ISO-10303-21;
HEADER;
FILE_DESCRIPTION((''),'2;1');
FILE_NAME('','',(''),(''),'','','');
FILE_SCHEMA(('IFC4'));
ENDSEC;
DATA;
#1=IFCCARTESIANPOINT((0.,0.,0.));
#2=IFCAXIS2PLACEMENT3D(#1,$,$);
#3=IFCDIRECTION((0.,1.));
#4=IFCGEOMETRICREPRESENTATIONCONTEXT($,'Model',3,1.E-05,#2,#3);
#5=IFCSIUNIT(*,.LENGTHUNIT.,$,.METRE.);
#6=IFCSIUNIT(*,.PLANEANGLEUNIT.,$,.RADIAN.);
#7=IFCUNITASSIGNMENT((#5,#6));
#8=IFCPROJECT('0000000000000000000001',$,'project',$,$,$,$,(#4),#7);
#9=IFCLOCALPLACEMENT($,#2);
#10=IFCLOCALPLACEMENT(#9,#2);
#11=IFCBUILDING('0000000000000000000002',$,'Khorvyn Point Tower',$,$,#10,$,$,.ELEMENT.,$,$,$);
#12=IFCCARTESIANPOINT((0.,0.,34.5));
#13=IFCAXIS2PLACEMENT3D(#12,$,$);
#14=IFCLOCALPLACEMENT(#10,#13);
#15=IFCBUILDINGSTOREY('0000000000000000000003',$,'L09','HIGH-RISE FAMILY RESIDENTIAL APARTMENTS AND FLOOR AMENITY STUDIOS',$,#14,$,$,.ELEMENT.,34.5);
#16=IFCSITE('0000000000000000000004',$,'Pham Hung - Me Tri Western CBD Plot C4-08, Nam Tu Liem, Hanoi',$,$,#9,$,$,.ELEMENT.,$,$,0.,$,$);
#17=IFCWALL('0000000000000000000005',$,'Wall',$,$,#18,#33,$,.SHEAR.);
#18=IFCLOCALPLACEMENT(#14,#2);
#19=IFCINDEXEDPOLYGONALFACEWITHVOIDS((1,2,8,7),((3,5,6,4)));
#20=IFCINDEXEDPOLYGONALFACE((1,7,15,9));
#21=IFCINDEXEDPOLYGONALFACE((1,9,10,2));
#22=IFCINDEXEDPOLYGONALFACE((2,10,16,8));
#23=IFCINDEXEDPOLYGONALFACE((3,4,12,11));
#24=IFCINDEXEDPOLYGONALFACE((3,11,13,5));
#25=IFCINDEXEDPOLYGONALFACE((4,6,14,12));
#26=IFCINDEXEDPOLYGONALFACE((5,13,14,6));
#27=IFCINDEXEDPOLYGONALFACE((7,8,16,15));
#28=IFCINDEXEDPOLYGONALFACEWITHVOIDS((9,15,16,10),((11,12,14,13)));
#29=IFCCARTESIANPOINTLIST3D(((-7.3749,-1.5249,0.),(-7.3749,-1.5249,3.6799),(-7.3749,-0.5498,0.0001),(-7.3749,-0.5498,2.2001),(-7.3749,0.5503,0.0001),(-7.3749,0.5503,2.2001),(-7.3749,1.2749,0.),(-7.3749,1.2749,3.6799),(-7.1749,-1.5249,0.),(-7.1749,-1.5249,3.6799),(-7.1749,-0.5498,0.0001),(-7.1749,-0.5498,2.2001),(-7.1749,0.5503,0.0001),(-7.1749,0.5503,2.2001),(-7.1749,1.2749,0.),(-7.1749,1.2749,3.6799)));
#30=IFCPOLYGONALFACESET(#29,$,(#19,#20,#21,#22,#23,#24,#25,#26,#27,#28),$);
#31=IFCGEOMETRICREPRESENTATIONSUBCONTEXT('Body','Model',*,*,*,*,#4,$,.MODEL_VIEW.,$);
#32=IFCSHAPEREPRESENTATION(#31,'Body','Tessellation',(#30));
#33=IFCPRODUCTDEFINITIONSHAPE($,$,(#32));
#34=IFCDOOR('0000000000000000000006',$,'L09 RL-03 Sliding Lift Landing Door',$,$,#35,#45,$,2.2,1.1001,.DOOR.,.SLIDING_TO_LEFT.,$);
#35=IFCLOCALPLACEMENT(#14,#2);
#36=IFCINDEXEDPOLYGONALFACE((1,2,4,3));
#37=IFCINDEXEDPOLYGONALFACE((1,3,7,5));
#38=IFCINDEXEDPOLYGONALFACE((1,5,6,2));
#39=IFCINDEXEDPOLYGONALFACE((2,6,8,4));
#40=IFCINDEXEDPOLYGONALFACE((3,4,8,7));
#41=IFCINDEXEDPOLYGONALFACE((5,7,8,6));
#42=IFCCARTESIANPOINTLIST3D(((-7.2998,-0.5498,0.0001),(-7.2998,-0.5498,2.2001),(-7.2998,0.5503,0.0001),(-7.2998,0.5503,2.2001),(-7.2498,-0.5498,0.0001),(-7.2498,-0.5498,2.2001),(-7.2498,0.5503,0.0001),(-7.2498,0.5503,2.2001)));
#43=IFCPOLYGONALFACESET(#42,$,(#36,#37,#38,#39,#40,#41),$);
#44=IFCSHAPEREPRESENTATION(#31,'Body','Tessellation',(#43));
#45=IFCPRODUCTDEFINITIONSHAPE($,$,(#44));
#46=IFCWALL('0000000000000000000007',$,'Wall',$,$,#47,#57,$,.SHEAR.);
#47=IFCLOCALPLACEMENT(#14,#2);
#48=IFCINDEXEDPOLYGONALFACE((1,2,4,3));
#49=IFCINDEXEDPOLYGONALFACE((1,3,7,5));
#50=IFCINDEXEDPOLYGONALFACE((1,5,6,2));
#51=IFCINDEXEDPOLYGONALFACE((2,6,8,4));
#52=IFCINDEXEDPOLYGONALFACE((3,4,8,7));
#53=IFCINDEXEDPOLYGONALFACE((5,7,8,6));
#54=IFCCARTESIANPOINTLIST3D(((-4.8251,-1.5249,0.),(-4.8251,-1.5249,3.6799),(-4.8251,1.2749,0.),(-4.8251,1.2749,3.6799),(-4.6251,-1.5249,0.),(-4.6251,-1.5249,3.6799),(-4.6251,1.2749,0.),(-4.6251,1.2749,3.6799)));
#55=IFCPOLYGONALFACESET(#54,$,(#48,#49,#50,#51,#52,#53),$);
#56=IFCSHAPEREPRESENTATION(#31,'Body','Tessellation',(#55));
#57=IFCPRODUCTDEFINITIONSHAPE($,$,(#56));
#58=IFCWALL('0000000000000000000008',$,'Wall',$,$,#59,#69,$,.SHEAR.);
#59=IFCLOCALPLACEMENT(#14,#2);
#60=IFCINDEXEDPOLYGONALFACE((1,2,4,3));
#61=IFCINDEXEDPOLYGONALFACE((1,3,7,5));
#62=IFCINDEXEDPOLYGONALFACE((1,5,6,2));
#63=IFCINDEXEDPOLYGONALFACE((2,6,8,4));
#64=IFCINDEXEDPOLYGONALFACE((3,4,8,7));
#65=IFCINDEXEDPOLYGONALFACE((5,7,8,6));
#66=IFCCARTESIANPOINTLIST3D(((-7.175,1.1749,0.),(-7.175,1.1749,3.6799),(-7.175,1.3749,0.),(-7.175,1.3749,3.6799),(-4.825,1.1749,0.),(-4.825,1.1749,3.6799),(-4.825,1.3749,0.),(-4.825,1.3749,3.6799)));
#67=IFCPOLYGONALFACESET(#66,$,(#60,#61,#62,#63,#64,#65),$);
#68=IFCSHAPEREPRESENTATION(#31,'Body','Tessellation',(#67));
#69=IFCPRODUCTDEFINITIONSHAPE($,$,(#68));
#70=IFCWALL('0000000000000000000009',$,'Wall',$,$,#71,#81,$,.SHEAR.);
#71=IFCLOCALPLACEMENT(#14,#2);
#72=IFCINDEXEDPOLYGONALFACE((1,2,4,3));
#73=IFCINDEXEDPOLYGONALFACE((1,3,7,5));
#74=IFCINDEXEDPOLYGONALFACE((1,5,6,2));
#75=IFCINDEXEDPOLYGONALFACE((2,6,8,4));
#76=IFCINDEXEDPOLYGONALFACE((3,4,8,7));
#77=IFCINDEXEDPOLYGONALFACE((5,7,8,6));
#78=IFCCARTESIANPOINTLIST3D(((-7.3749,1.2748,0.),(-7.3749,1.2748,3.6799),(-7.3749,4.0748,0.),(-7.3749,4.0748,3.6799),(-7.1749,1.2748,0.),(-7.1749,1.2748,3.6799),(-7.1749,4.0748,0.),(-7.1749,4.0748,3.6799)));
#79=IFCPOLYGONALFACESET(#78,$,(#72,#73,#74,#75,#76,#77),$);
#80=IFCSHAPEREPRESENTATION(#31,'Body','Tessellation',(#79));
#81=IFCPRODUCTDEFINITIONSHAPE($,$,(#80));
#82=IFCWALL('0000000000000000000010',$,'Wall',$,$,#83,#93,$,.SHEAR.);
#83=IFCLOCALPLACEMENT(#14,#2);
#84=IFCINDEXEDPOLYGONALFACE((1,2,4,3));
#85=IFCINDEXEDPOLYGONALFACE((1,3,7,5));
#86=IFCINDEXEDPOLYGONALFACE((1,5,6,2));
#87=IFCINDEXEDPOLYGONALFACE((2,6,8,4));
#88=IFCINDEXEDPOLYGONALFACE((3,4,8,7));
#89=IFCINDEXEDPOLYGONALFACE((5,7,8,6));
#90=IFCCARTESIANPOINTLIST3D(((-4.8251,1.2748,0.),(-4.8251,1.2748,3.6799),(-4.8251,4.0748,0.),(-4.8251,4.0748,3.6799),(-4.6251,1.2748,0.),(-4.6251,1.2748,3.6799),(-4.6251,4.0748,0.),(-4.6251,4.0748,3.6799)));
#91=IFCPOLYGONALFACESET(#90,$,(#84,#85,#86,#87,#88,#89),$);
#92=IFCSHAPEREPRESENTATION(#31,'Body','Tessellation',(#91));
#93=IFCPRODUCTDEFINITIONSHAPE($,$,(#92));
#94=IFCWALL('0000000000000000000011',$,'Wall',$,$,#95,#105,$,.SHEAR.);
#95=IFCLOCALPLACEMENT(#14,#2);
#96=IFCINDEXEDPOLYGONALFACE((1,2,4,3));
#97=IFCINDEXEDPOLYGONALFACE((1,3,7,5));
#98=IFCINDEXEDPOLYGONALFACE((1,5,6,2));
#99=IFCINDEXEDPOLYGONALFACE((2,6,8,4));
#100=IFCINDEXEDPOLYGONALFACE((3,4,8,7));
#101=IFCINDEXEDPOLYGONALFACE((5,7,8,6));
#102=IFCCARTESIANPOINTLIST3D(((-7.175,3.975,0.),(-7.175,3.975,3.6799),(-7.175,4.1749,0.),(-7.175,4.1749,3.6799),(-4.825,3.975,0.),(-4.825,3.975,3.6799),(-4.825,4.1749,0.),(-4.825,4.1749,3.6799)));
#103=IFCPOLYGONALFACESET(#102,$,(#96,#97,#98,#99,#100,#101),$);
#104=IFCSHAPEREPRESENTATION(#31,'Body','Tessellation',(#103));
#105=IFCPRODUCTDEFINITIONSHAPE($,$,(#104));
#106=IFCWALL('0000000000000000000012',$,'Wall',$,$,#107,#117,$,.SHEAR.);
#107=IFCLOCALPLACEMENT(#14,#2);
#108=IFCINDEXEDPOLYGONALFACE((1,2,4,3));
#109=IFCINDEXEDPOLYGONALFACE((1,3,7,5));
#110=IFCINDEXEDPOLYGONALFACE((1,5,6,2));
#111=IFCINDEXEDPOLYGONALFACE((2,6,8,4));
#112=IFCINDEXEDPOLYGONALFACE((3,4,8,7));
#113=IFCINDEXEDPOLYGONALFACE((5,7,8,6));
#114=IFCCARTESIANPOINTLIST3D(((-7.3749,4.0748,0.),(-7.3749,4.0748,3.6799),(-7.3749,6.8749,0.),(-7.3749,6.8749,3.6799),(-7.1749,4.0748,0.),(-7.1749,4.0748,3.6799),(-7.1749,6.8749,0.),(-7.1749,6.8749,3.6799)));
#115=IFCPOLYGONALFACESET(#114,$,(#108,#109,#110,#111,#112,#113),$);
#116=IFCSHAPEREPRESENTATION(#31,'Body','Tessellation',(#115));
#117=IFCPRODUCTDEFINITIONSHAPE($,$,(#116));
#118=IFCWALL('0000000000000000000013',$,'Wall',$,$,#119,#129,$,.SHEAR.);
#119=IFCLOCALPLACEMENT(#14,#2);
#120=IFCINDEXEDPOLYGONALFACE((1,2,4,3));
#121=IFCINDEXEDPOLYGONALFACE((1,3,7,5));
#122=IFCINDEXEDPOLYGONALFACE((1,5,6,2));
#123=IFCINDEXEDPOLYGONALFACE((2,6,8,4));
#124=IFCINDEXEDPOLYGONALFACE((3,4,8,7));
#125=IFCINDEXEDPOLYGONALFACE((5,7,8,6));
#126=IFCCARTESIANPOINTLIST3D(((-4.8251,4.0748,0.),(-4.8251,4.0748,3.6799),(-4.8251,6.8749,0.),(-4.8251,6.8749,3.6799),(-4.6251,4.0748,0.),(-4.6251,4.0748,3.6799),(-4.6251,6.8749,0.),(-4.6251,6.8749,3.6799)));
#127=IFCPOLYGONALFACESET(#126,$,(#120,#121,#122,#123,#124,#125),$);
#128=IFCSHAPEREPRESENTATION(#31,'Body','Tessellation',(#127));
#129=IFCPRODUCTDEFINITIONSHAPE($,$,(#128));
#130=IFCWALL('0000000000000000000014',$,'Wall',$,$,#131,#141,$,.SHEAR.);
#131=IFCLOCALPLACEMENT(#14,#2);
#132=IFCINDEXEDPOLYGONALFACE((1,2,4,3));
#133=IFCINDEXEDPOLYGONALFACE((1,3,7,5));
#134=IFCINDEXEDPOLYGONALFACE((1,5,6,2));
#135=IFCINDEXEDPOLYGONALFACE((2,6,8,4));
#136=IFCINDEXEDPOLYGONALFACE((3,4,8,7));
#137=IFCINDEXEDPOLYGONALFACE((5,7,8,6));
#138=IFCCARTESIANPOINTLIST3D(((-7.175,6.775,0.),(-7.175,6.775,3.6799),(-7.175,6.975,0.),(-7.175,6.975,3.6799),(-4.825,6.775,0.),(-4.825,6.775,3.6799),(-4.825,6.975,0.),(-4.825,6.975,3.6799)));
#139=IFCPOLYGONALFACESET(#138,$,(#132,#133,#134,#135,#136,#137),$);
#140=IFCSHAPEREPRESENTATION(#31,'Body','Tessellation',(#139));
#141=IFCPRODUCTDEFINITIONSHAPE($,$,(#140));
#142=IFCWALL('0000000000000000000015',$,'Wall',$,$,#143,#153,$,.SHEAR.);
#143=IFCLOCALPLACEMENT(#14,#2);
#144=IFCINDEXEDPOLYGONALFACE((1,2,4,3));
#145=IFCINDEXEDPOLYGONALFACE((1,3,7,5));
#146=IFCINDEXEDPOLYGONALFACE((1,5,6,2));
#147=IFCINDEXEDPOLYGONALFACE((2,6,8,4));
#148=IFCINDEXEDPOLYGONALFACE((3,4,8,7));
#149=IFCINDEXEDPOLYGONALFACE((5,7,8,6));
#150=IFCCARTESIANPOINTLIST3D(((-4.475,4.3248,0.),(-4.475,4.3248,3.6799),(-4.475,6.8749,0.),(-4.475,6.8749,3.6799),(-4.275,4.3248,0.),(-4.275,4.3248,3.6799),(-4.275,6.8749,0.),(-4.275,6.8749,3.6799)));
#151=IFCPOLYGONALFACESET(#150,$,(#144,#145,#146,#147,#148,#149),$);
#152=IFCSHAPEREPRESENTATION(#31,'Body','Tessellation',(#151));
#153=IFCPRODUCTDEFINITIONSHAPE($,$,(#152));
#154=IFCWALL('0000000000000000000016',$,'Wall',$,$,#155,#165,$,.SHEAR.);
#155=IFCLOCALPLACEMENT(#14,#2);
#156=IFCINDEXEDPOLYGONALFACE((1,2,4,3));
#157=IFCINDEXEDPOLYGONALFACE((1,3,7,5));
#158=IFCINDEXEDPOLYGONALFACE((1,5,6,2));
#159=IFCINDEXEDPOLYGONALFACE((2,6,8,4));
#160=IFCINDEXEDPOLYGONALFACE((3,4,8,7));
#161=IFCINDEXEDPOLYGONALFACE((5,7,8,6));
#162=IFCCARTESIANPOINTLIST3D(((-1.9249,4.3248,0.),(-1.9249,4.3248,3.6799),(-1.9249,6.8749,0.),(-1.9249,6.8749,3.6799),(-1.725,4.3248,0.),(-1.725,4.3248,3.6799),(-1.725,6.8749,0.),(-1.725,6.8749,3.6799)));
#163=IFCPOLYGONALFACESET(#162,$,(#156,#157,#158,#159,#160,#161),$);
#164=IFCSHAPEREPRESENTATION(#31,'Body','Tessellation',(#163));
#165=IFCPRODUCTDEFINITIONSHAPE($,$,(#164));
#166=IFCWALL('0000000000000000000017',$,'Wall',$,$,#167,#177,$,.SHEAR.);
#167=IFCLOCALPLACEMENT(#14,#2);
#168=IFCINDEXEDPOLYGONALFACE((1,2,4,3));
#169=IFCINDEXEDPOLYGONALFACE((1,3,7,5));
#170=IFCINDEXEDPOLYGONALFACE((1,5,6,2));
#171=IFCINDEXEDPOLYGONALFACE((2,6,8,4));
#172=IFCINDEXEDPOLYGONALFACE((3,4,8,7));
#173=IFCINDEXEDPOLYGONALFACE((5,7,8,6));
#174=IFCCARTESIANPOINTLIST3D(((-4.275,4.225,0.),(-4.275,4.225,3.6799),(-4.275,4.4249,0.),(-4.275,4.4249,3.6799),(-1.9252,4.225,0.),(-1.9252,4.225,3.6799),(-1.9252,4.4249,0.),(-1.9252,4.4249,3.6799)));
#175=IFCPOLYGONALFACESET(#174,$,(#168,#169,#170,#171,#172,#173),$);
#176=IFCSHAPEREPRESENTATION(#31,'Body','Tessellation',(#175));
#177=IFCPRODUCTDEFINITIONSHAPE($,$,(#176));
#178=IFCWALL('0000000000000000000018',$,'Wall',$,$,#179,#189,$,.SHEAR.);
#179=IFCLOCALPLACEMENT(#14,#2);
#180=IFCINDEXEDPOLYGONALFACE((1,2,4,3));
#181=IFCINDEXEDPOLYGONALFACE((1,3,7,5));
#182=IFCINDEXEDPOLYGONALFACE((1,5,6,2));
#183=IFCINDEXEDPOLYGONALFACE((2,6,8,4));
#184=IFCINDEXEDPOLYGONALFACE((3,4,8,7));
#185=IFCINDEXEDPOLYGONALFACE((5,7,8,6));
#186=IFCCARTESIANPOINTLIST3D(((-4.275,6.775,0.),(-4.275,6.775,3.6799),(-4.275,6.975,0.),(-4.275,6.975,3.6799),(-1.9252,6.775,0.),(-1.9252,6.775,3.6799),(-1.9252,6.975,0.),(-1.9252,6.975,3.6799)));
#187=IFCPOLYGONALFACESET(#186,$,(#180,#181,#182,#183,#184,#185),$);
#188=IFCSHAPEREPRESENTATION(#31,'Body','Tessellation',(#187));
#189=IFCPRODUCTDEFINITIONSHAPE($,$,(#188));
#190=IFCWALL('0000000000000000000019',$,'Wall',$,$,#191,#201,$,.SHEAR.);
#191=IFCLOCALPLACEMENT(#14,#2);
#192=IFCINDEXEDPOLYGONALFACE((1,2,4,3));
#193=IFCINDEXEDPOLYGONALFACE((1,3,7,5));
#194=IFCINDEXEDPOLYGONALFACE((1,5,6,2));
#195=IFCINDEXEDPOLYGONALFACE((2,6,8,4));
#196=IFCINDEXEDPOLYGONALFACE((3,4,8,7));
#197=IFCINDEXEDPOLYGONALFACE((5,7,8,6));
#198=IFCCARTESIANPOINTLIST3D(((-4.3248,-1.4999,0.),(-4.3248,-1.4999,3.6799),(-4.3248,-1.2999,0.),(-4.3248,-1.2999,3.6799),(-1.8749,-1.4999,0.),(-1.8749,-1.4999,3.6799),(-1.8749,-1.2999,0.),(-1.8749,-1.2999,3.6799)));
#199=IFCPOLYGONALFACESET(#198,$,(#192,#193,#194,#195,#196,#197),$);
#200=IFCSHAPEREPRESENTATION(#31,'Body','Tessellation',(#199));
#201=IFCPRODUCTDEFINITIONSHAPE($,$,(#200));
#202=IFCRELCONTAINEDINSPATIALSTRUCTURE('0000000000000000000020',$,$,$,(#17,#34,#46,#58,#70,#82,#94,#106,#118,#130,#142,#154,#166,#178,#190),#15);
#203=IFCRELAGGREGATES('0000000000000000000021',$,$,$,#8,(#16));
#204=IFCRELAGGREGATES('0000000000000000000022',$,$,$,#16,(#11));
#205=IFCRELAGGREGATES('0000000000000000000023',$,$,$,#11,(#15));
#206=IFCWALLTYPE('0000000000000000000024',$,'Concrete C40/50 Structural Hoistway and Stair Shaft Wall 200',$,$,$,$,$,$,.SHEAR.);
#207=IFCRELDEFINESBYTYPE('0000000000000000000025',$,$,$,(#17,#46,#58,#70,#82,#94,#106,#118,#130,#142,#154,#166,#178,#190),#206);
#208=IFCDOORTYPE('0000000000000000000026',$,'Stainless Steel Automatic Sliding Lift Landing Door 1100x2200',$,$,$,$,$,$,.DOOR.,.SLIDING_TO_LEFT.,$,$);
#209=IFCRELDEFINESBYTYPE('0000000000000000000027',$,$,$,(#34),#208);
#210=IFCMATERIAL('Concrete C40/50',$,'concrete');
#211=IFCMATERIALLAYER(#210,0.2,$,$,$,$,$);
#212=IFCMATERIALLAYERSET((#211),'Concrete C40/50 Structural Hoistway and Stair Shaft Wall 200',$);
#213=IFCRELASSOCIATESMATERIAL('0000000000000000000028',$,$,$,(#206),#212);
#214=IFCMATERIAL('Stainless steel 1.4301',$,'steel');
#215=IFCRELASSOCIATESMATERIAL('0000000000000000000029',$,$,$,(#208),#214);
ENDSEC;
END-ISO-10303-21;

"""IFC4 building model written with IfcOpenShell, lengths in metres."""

from ifc_helpers import new_model, si_unit, direction, frame, frame_2d, origin, place, context, subcontext, project, spatial, rectangle, extrude, material, layer, layer_set, type_object, element, fill, save


model = new_model("IFC4")

# Units and contexts
model_context = context("Model", 3, precision=1e-05, world=origin(), true_north=direction((0.0, 1.0)))
body_context = subcontext(model_context, "Body", "Model", "MODEL_VIEW")
ifc_project = project(units=[si_unit("LENGTHUNIT", "METRE"), si_unit("PLANEANGLEUNIT", "RADIAN")], contexts=[model_context])

# Site, building, storey
site_placement = place(None, origin())
site = spatial("IfcSite", under=ifc_project, at=site_placement, Name="Pham Hung - Me Tri Western CBD Plot C4-08, Nam Tu Liem, Hanoi", CompositionType="ELEMENT", RefElevation=0.0)
building_placement = place(site_placement, origin())
building = spatial("IfcBuilding", under=site, at=building_placement, Name="Khorvyn Point Tower", CompositionType="ELEMENT")
storey_placement = place(building_placement, frame((0.0, 0.0, 34.5)))
storey = spatial("IfcBuildingStorey", under=building, at=storey_placement, Name="L09", Description="HIGH-RISE FAMILY RESIDENTIAL APARTMENTS AND FLOOR AMENITY STUDIOS", CompositionType="ELEMENT", Elevation=34.5)

# Shared definitions
ifc_material_1 = material(Name="Concrete C40/50", Category="concrete")

# Shared definitions
ifc_layer_1 = layer(ifc_material_1, 0.2)
ifc_layer_set_1 = layer_set([ifc_layer_1], Name="Concrete C40/50 Structural Hoistway and Stair Shaft Wall 200")
wall_type_1 = type_object("IfcWallType", Name="Concrete C40/50 Structural Hoistway and Stair Shaft Wall 200", PredefinedType="SHEAR", material=ifc_layer_set_1)

# Wall, opening, door
wall_1_placement = place(storey_placement, frame((-7.2749, -1.5249, 0.0), z_axis=(0.0, 0.0, 1.0), x_axis=(0.0, 1.0, 0.0)))
wall_1 = element("IfcWall", 1, at=wall_1_placement, inside=storey, type_object=wall_type_1, Name="Wall", PredefinedType="SHEAR", context=body_context, shape_type="SweptSolid", body=[
    extrude(rectangle(XDim=2.7998, YDim=0.2, at=frame_2d((1.3999, 0.0))), origin(), (0.0, 0.0, 1.0), 3.6799),
])
opening_1_placement = place(wall_1_placement, frame((0.9751, 0.0, 0.0)))
opening_1 = element("IfcOpeningElement", 2, at=opening_1_placement, cuts=wall_1, PredefinedType="OPENING", context=body_context, shape_type="SweptSolid", body=[
    extrude(rectangle(XDim=1.1001, YDim=2.2, at=frame_2d((0.55, 1.1001))), frame((0.0, 0.1099, 0.0), z_axis=(0.0, -1.0, 0.0), x_axis=(1.0, 0.0, 0.0)), (0.0, 0.0, 1.0), 0.22),
])
ifc_material_2 = material(Name="Stainless steel 1.4301", Category="steel")
door_type_1 = type_object("IfcDoorType", Name="Stainless Steel Automatic Sliding Lift Landing Door 1100x2200", OperationType="SLIDING_TO_LEFT", PredefinedType="DOOR", material=ifc_material_2)
door_1_placement = place(opening_1_placement, origin())
door_1 = element("IfcDoor", 3, at=door_1_placement, inside=storey, type_object=door_type_1, Name="L09 RL-03 Sliding Lift Landing Door", OperationType="SLIDING_TO_LEFT", OverallHeight=2.2, OverallWidth=1.1001, PredefinedType="DOOR", context=body_context, shape_type="SweptSolid", body=[
    extrude(rectangle(XDim=1.1001, YDim=2.2, at=frame_2d((0.55, 1.1001))), frame((0.0, 0.0249, 0.0), z_axis=(0.0, -1.0, 0.0), x_axis=(1.0, 0.0, 0.0)), (0.0, 0.0, 1.0), 0.05),
])
fill(opening_1, door_1)

# Walls
wall_2_placement = place(storey_placement, frame((-4.7251, -1.5249, 0.0), z_axis=(0.0, 0.0, 1.0), x_axis=(0.0, 1.0, 0.0)))
element("IfcWall", 4, at=wall_2_placement, inside=storey, type_object=wall_type_1, Name="Wall", PredefinedType="SHEAR", context=body_context, shape_type="SweptSolid", body=[
    extrude(rectangle(XDim=2.7998, YDim=0.2, at=frame_2d((1.3999, 0.0))), origin(), (0.0, 0.0, 1.0), 3.6799),
])
wall_3_placement = place(storey_placement, frame((-7.175, 1.2749, 0.0), z_axis=(0.0, 0.0, 1.0), x_axis=(1.0, 0.0, 0.0)))
element("IfcWall", 5, at=wall_3_placement, inside=storey, type_object=wall_type_1, Name="Wall", PredefinedType="SHEAR", context=body_context, shape_type="SweptSolid", body=[
    extrude(rectangle(XDim=2.3501, YDim=0.2, at=frame_2d((1.175, 0.0))), origin(), (0.0, 0.0, 1.0), 3.6799),
])
for number, where, z_axis, x_axis, name in (
    (6, (-7.2749, 1.2749, 0.0), (0.0, 0.0, 1.0), (0.0, 1.0, 0.0), "Wall"),
    (7, (-4.7251, 1.2749, 0.0), (0.0, 0.0, 1.0), (0.0, 1.0, 0.0), "Wall"),
):
    element("IfcWall", number, at=place(storey_placement, frame(where, z_axis=z_axis, x_axis=x_axis)), inside=storey, type_object=wall_type_1, Name=name, PredefinedType="SHEAR", context=body_context, shape_type="SweptSolid", body=[
        extrude(rectangle(XDim=2.8, YDim=0.2, at=frame_2d((1.3999, 0.0))), origin(), (0.0, 0.0, 1.0), 3.6799),
    ])
wall_4_placement = place(storey_placement, frame((-7.175, 4.075, 0.0), z_axis=(0.0, 0.0, 1.0), x_axis=(1.0, 0.0, 0.0)))
element("IfcWall", 8, at=wall_4_placement, inside=storey, type_object=wall_type_1, Name="Wall", PredefinedType="SHEAR", context=body_context, shape_type="SweptSolid", body=[
    extrude(rectangle(XDim=2.3501, YDim=0.2, at=frame_2d((1.175, 0.0))), origin(), (0.0, 0.0, 1.0), 3.6799),
])
for number, where, z_axis, x_axis, name in (
    (9, (-7.2749, 4.075, 0.0), (0.0, 0.0, 1.0), (0.0, 1.0, 0.0), "Wall"),
    (10, (-4.7251, 4.075, 0.0), (0.0, 0.0, 1.0), (0.0, 1.0, 0.0), "Wall"),
):
    element("IfcWall", number, at=place(storey_placement, frame(where, z_axis=z_axis, x_axis=x_axis)), inside=storey, type_object=wall_type_1, Name=name, PredefinedType="SHEAR", context=body_context, shape_type="SweptSolid", body=[
        extrude(rectangle(XDim=2.8, YDim=0.2, at=frame_2d((1.3999, 0.0))), origin(), (0.0, 0.0, 1.0), 3.6799),
    ])
wall_5_placement = place(storey_placement, frame((-7.175, 6.875, 0.0), z_axis=(0.0, 0.0, 1.0), x_axis=(1.0, 0.0, 0.0)))
element("IfcWall", 11, at=wall_5_placement, inside=storey, type_object=wall_type_1, Name="Wall", PredefinedType="SHEAR", context=body_context, shape_type="SweptSolid", body=[
    extrude(rectangle(XDim=2.3501, YDim=0.2, at=frame_2d((1.175, 0.0))), origin(), (0.0, 0.0, 1.0), 3.6799),
])
for number, where, z_axis, x_axis, name in (
    (12, (-4.375, 4.325, 0.0), (0.0, 0.0, 1.0), (0.0, 1.0, 0.0), "Wall"),
    (13, (-1.825, 4.325, 0.0), (0.0, 0.0, 1.0), (0.0, 1.0, 0.0), "Wall"),
):
    element("IfcWall", number, at=place(storey_placement, frame(where, z_axis=z_axis, x_axis=x_axis)), inside=storey, type_object=wall_type_1, Name=name, PredefinedType="SHEAR", context=body_context, shape_type="SweptSolid", body=[
        extrude(rectangle(XDim=2.55, YDim=0.2, at=frame_2d((1.2749, 0.0))), origin(), (0.0, 0.0, 1.0), 3.6799),
    ])
for number, where, z_axis, x_axis, name in (
    (14, (-4.2749, 4.325, 0.0), (0.0, 0.0, 1.0), (1.0, 0.0, 0.0), "Wall"),
    (15, (-4.2749, 6.875, 0.0), (0.0, 0.0, 1.0), (1.0, 0.0, 0.0), "Wall"),
):
    element("IfcWall", number, at=place(storey_placement, frame(where, z_axis=z_axis, x_axis=x_axis)), inside=storey, type_object=wall_type_1, Name=name, PredefinedType="SHEAR", context=body_context, shape_type="SweptSolid", body=[
        extrude(rectangle(XDim=2.3499, YDim=0.2, at=frame_2d((1.1748, 0.0))), origin(), (0.0, 0.0, 1.0), 3.6799),
    ])
wall_6_placement = place(storey_placement, frame((-4.325, -1.3999, 0.0), z_axis=(0.0, 0.0, 1.0), x_axis=(1.0, 0.0, 0.0)))
element("IfcWall", 16, at=wall_6_placement, inside=storey, type_object=wall_type_1, Name="Wall", PredefinedType="SHEAR", context=body_context, shape_type="SweptSolid", body=[
    extrude(rectangle(XDim=2.45, YDim=0.2, at=frame_2d((1.2251, 0.0))), origin(), (0.0, 0.0, 1.0), 3.6799),
])

save(model, "model.ifc")
